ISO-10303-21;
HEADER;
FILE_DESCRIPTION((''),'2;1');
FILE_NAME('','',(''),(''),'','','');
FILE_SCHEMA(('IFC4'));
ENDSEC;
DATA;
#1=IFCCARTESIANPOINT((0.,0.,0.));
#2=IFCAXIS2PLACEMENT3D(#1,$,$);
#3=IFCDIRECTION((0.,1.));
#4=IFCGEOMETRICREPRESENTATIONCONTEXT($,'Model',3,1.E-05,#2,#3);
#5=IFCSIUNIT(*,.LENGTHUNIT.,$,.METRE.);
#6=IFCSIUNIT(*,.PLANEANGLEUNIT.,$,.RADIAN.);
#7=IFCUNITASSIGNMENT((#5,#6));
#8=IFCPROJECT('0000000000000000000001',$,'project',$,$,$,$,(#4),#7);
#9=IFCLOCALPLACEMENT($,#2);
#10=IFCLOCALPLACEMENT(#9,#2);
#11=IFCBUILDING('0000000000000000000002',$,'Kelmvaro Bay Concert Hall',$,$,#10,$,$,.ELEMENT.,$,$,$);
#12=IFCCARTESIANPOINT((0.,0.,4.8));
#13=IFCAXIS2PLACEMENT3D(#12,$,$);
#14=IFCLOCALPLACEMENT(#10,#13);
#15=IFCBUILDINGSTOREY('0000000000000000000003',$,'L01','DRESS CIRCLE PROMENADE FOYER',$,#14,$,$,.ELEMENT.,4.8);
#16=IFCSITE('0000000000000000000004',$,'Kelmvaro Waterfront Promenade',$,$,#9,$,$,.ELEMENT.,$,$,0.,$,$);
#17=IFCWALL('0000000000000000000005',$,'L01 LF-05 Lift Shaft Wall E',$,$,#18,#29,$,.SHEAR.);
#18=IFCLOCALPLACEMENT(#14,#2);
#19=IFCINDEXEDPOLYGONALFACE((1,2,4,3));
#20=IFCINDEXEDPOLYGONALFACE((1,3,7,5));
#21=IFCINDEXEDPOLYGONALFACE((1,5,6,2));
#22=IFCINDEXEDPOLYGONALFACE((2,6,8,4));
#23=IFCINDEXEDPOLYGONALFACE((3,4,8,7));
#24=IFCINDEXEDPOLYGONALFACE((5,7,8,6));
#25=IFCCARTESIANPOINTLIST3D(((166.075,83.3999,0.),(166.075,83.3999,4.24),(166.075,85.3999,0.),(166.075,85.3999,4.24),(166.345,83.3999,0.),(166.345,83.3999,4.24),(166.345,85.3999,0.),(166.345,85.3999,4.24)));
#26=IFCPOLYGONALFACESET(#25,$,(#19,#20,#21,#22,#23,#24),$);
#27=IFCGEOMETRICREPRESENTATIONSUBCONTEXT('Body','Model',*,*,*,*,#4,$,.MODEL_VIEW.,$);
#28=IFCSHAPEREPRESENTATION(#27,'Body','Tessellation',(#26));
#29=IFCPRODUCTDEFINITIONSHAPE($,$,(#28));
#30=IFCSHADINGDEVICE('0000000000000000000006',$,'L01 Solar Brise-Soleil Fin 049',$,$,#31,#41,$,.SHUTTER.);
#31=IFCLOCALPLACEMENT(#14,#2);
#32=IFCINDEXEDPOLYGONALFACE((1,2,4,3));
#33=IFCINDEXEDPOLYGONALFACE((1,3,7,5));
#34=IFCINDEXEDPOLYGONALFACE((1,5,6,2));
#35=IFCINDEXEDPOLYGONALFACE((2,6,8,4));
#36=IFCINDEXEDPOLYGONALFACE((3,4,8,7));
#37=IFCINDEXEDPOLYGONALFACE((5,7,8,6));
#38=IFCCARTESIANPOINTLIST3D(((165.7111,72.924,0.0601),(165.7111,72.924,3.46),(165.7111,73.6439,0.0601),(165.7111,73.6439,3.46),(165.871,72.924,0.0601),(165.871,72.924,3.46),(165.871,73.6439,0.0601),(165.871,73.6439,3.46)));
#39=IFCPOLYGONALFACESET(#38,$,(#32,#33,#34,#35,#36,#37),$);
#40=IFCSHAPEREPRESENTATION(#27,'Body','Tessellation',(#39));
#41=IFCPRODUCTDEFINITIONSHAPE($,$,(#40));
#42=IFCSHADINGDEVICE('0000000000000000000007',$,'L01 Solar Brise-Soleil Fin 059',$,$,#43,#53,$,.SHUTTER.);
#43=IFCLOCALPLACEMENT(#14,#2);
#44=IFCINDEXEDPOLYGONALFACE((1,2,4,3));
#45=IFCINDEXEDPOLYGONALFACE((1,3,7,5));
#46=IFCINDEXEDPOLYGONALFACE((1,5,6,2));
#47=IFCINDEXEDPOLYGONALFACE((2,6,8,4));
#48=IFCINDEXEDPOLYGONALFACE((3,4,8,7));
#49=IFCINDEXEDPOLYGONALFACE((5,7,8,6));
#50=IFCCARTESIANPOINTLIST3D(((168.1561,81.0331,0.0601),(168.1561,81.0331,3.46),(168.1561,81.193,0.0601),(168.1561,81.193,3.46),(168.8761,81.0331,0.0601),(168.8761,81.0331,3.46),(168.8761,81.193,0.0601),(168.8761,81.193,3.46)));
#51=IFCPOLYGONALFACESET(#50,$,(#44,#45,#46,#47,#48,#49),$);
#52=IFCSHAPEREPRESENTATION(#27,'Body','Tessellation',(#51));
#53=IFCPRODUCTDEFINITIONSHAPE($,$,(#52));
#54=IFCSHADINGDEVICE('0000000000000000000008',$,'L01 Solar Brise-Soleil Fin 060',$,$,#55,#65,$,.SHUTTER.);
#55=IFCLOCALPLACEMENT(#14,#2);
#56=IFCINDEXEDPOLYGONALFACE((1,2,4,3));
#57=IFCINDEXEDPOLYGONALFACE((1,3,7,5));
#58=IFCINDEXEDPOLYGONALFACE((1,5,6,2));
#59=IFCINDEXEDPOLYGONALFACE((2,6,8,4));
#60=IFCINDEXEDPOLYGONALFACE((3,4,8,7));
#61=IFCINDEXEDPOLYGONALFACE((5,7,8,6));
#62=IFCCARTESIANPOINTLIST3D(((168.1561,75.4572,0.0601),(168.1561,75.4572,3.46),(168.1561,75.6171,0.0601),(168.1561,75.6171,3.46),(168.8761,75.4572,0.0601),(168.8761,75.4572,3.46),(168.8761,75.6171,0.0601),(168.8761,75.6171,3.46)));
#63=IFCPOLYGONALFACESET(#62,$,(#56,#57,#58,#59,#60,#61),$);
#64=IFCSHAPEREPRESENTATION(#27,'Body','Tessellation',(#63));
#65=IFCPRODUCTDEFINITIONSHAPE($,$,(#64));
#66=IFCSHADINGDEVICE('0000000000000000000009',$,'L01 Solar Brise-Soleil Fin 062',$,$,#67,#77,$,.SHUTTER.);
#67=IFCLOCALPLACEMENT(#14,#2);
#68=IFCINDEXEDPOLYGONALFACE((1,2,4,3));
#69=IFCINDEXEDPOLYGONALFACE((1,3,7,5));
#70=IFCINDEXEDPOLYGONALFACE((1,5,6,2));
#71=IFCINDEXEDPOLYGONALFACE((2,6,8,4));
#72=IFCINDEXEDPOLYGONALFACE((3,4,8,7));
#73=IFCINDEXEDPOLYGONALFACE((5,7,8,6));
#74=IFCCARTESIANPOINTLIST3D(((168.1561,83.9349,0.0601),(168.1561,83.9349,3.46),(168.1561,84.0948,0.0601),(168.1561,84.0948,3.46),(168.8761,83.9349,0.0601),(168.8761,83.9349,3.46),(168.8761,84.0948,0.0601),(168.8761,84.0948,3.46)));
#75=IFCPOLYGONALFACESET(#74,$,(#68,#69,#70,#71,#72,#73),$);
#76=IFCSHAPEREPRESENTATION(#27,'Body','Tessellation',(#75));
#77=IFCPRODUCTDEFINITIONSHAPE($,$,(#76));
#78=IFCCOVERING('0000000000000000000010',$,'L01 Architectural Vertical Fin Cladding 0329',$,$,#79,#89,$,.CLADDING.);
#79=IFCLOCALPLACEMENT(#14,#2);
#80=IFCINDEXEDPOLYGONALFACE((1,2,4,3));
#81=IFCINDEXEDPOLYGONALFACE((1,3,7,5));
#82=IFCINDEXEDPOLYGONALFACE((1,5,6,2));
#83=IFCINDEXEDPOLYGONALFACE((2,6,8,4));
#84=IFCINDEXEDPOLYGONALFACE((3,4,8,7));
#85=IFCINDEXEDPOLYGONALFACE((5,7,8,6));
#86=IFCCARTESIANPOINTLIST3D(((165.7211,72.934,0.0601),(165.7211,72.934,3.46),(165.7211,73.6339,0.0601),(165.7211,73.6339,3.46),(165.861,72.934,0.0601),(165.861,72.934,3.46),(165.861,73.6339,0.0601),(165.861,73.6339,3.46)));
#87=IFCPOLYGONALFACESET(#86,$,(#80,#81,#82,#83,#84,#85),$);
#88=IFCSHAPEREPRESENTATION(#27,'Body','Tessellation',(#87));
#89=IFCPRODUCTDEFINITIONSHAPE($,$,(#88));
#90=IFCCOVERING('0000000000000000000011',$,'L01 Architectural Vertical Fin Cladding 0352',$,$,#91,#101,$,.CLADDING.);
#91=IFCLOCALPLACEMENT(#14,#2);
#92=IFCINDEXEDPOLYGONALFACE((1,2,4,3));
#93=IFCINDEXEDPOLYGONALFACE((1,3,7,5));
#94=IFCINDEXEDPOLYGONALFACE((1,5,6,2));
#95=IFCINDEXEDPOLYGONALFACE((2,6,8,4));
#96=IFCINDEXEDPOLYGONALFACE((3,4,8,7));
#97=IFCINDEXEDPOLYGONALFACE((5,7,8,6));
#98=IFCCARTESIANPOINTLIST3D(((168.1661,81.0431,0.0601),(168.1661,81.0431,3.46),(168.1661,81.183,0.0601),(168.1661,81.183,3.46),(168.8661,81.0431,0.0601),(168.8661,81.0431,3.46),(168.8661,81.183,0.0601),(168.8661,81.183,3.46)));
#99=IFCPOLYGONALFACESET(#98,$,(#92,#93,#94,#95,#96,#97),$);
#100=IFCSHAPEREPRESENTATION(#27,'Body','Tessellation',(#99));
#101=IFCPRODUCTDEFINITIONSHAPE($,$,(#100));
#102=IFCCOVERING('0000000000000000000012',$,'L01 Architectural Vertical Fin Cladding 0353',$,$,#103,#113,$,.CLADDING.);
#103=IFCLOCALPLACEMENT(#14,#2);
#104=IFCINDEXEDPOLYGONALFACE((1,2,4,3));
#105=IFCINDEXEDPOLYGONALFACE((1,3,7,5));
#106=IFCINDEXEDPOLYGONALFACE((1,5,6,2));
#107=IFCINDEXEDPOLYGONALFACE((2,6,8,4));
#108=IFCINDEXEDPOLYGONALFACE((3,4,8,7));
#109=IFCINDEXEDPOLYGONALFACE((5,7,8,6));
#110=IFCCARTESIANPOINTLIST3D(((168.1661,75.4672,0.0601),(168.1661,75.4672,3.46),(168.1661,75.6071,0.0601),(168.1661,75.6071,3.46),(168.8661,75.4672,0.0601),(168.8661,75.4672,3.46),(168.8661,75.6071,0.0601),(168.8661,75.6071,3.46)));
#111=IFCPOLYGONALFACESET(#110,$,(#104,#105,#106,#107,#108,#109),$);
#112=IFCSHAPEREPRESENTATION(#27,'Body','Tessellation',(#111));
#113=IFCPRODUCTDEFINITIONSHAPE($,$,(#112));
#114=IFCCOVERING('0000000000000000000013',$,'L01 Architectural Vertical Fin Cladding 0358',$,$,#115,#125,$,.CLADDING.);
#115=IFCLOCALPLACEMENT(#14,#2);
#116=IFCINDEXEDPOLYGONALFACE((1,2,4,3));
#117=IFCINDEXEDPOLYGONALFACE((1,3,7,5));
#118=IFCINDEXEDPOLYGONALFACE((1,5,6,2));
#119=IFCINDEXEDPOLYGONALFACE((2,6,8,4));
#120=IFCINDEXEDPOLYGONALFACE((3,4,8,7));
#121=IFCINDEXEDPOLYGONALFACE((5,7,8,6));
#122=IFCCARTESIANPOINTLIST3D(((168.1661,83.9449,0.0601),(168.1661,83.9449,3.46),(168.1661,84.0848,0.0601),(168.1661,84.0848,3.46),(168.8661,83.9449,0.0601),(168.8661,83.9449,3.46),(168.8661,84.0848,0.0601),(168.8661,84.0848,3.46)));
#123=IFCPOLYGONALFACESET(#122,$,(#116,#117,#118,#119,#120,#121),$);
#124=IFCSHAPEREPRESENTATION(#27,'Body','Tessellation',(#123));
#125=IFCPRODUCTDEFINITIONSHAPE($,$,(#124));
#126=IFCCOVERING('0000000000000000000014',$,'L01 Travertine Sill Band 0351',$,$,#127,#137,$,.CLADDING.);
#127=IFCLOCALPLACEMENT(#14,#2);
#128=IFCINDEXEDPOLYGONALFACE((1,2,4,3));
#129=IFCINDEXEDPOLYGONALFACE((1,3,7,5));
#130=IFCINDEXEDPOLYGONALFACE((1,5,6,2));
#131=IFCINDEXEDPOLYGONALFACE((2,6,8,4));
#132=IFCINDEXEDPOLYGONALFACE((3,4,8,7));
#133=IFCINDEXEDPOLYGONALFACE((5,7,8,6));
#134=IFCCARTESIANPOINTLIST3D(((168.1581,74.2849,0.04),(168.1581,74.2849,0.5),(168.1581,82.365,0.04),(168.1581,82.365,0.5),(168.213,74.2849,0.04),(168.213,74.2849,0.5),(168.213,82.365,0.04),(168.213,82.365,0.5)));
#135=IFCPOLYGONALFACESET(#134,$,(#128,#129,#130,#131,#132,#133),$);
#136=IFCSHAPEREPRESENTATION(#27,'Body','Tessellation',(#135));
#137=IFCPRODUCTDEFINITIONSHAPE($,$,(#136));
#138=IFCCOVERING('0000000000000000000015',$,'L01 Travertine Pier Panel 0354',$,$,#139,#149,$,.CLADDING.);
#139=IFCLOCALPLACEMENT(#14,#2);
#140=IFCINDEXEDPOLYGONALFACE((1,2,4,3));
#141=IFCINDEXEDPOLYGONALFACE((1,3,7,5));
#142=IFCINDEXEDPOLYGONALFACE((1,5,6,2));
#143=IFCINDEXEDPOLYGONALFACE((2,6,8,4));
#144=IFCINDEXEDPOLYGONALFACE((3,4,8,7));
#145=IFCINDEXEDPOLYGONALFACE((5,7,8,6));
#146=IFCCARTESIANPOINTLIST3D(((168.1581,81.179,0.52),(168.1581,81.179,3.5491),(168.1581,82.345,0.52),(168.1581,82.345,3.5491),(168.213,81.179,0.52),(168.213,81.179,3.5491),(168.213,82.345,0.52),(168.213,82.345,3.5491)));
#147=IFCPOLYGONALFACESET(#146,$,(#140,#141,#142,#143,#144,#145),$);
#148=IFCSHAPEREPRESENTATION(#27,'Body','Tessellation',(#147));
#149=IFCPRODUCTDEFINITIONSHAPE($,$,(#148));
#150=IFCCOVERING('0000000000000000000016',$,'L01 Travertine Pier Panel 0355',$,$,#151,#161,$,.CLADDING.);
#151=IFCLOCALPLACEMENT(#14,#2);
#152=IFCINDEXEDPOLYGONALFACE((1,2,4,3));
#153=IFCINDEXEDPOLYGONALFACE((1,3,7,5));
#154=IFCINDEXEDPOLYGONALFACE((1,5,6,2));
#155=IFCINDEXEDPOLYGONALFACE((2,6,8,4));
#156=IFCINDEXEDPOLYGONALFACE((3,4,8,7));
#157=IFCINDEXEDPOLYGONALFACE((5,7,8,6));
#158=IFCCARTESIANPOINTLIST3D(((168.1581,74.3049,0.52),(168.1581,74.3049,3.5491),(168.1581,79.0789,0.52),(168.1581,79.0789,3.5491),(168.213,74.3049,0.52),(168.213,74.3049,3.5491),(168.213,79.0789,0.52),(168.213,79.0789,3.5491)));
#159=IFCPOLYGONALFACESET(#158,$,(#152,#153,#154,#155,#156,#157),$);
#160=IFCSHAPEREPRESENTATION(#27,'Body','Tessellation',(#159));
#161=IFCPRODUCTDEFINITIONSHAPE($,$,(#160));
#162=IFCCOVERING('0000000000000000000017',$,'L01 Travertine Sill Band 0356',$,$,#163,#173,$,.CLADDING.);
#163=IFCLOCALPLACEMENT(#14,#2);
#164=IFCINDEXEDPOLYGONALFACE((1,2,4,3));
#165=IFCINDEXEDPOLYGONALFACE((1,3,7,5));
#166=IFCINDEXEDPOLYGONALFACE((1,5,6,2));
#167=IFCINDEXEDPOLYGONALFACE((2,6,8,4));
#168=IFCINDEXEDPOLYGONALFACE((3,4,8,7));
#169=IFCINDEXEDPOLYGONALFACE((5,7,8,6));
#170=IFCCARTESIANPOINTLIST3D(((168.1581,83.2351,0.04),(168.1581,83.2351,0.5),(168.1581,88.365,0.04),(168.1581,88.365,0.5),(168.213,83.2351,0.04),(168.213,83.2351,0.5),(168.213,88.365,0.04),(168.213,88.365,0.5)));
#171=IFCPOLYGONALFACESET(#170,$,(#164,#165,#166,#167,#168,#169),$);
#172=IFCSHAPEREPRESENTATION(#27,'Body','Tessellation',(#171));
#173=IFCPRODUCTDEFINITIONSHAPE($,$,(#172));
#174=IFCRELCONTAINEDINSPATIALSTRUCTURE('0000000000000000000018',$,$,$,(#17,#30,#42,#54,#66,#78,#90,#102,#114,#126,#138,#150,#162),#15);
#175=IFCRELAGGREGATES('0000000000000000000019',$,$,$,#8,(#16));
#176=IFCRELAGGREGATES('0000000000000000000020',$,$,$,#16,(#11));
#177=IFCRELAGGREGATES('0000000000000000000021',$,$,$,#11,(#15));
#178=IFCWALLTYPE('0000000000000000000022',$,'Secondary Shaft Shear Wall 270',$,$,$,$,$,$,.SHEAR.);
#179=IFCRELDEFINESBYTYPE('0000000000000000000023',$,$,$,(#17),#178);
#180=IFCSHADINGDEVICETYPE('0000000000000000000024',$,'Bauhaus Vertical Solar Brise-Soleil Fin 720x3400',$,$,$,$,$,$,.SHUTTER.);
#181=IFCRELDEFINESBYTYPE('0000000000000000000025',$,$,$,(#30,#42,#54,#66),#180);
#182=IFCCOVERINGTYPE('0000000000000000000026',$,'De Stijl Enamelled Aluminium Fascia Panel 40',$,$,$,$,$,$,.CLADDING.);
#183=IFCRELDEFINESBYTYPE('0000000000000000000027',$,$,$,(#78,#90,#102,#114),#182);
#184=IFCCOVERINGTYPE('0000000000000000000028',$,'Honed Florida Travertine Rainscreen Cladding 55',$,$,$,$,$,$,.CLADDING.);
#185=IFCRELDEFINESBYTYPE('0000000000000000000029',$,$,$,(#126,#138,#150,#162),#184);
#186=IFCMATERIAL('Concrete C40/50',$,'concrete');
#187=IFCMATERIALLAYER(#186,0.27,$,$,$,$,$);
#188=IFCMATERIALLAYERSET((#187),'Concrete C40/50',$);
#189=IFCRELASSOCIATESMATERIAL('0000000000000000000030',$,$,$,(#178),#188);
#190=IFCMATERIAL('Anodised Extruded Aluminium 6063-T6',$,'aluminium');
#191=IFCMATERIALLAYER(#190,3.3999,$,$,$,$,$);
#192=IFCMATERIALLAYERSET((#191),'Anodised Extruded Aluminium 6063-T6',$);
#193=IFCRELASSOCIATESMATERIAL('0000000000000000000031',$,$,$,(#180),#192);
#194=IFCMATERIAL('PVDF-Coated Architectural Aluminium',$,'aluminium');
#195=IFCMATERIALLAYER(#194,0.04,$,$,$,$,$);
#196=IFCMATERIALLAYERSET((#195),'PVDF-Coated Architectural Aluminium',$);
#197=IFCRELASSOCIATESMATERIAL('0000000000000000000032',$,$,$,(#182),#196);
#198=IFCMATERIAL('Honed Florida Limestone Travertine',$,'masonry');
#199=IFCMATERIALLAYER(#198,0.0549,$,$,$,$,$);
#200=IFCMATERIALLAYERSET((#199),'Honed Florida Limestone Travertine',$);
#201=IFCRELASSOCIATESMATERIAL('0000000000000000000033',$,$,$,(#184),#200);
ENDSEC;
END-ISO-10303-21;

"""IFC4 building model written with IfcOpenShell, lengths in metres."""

from ifc_helpers import new_model, si_unit, direction, frame, frame_2d, origin, origin_2d, place, context, subcontext, project, spatial, rectangle, extrude, material, layer, layer_set, type_object, element, save


model = new_model("IFC4")

# Units and contexts
model_context = context("Model", 3, precision=1e-05, world=origin(), true_north=direction((0.0, 1.0)))
body_context = subcontext(model_context, "Body", "Model", "MODEL_VIEW")
ifc_project = project(units=[si_unit("LENGTHUNIT", "METRE"), si_unit("PLANEANGLEUNIT", "RADIAN")], contexts=[model_context])

# Site, building, storey
site_placement = place(None, origin())
site = spatial("IfcSite", under=ifc_project, at=site_placement, Name="Kelmvaro Waterfront Promenade", CompositionType="ELEMENT", RefElevation=0.0)
building_placement = place(site_placement, origin())
building = spatial("IfcBuilding", under=site, at=building_placement, Name="Kelmvaro Bay Concert Hall", CompositionType="ELEMENT")
storey_placement = place(building_placement, frame((0.0, 0.0, 4.8)))
storey = spatial("IfcBuildingStorey", under=building, at=storey_placement, Name="L01", Description="DRESS CIRCLE PROMENADE FOYER", CompositionType="ELEMENT", Elevation=4.8)

# Wall
ifc_material_1 = material(Name="Concrete C40/50", Category="concrete")
ifc_layer_1 = layer(ifc_material_1, 0.27)
ifc_layer_set_1 = layer_set([ifc_layer_1], Name="Concrete C40/50")
wall_type_1 = type_object("IfcWallType", Name="Secondary Shaft Shear Wall 270", PredefinedType="SHEAR", material=ifc_layer_set_1)
wall_1_placement = place(storey_placement, frame((166.21, 83.3999, 0.0), z_axis=(0.0, 0.0, 1.0), x_axis=(0.0, 1.0, 0.0)))
element("IfcWall", 1, at=wall_1_placement, inside=storey, type_object=wall_type_1, Name="L01 LF-05 Lift Shaft Wall E", PredefinedType="SHEAR", context=body_context, shape_type="SweptSolid", body=[
    extrude(rectangle(XDim=2.0, YDim=0.27, at=frame_2d((1.0, 0.0))), origin(), (0.0, 0.0, 1.0), 4.24),
])

# Shading devices
ifc_material_2 = material(Name="Anodised Extruded Aluminium 6063-T6", Category="aluminium")
ifc_layer_2 = layer(ifc_material_2, 3.3999)
ifc_layer_set_2 = layer_set([ifc_layer_2], Name="Anodised Extruded Aluminium 6063-T6")
shading_device_type = type_object("IfcShadingDeviceType", Name="Bauhaus Vertical Solar Brise-Soleil Fin 720x3400", PredefinedType="SHUTTER", material=ifc_layer_set_2)
for number, where, z_axis, x_axis, name in (
    (2, (165.791, 73.2839, 0.0601), (0.0, 0.0, 1.0), (-1.0, 0.0, 0.0), "L01 Solar Brise-Soleil Fin 049"),
    (3, (168.5161, 81.113, 0.0601), (0.0, 0.0, 1.0), (0.0, -1.0, 0.0), "L01 Solar Brise-Soleil Fin 059"),
    (4, (168.5161, 75.5371, 0.0601), (0.0, 0.0, 1.0), (0.0, -1.0, 0.0), "L01 Solar Brise-Soleil Fin 060"),
    (5, (168.5161, 84.0149, 0.0601), (0.0, 0.0, 1.0), (0.0, -1.0, 0.0), "L01 Solar Brise-Soleil Fin 062"),
):
    element("IfcShadingDevice", number, at=place(storey_placement, frame(where, z_axis=z_axis, x_axis=x_axis)), inside=storey, type_object=shading_device_type, Name=name, PredefinedType="SHUTTER", context=body_context, shape_type="SweptSolid", body=[
        extrude(rectangle(XDim=0.1599, YDim=0.72, at=origin_2d()), origin(), (0.0, 0.0, 1.0), 3.3999),
    ])

# Coverings
ifc_material_3 = material(Name="PVDF-Coated Architectural Aluminium", Category="aluminium")
ifc_layer_3 = layer(ifc_material_3, 0.04)
ifc_layer_set_3 = layer_set([ifc_layer_3], Name="PVDF-Coated Architectural Aluminium")
covering_type_1 = type_object("IfcCoveringType", Name="De Stijl Enamelled Aluminium Fascia Panel 40", PredefinedType="CLADDING", material=ifc_layer_set_3)
for number, where, z_axis, x_axis, name in (
    (6, (165.791, 73.2839, 0.0601), (0.0, 0.0, 1.0), (-1.0, 0.0, 0.0), "L01 Architectural Vertical Fin Cladding 0329"),
    (7, (168.5161, 81.113, 0.0601), (0.0, 0.0, 1.0), (0.0, -1.0, 0.0), "L01 Architectural Vertical Fin Cladding 0352"),
    (8, (168.5161, 75.5371, 0.0601), (0.0, 0.0, 1.0), (0.0, -1.0, 0.0), "L01 Architectural Vertical Fin Cladding 0353"),
    (9, (168.5161, 84.0149, 0.0601), (0.0, 0.0, 1.0), (0.0, -1.0, 0.0), "L01 Architectural Vertical Fin Cladding 0358"),
):
    element("IfcCovering", number, at=place(storey_placement, frame(where, z_axis=z_axis, x_axis=x_axis)), inside=storey, type_object=covering_type_1, Name=name, PredefinedType="CLADDING", context=body_context, shape_type="SweptSolid", body=[
        extrude(rectangle(XDim=0.1399, YDim=0.7, at=origin_2d()), origin(), (0.0, 0.0, 1.0), 3.3999),
    ])
ifc_material_4 = material(Name="Honed Florida Limestone Travertine", Category="masonry")
ifc_layer_4 = layer(ifc_material_4, 0.0549)
ifc_layer_set_4 = layer_set([ifc_layer_4], Name="Honed Florida Limestone Travertine")
covering_type_2 = type_object("IfcCoveringType", Name="Honed Florida Travertine Rainscreen Cladding 55", PredefinedType="CLADDING", material=ifc_layer_set_4)
covering_1_placement = place(storey_placement, frame((168.1855, 78.325, 0.04), z_axis=(0.0, 0.0, 1.0), x_axis=(0.0, -1.0, 0.0)))
element("IfcCovering", 10, at=covering_1_placement, inside=storey, type_object=covering_type_2, Name="L01 Travertine Sill Band 0351", PredefinedType="CLADDING", context=body_context, shape_type="SweptSolid", body=[
    extrude(rectangle(XDim=8.0801, YDim=0.0549, at=origin_2d()), origin(), (0.0, 0.0, 1.0), 0.46),
])
covering_2_placement = place(storey_placement, frame((168.1855, 81.762, 0.52), z_axis=(0.0, 0.0, 1.0), x_axis=(0.0, -1.0, 0.0)))
element("IfcCovering", 11, at=covering_2_placement, inside=storey, type_object=covering_type_2, Name="L01 Travertine Pier Panel 0354", PredefinedType="CLADDING", context=body_context, shape_type="SweptSolid", body=[
    extrude(rectangle(XDim=1.166, YDim=0.0549, at=origin_2d()), origin(), (0.0, 0.0, 1.0), 3.0291),
])
covering_3_placement = place(storey_placement, frame((168.1855, 76.6919, 0.52), z_axis=(0.0, 0.0, 1.0), x_axis=(0.0, -1.0, 0.0)))
element("IfcCovering", 12, at=covering_3_placement, inside=storey, type_object=covering_type_2, Name="L01 Travertine Pier Panel 0355", PredefinedType="CLADDING", context=body_context, shape_type="SweptSolid", body=[
    extrude(rectangle(XDim=4.7739, YDim=0.0549, at=origin_2d()), origin(), (0.0, 0.0, 1.0), 3.0291),
])
covering_4_placement = place(storey_placement, frame((168.1855, 85.8, 0.04), z_axis=(0.0, 0.0, 1.0), x_axis=(0.0, -1.0, 0.0)))
element("IfcCovering", 13, at=covering_4_placement, inside=storey, type_object=covering_type_2, Name="L01 Travertine Sill Band 0356", PredefinedType="CLADDING", context=body_context, shape_type="SweptSolid", body=[
    extrude(rectangle(XDim=5.1299, YDim=0.0549, at=origin_2d()), origin(), (0.0, 0.0, 1.0), 0.46),
])

save(model, "model.ifc")
